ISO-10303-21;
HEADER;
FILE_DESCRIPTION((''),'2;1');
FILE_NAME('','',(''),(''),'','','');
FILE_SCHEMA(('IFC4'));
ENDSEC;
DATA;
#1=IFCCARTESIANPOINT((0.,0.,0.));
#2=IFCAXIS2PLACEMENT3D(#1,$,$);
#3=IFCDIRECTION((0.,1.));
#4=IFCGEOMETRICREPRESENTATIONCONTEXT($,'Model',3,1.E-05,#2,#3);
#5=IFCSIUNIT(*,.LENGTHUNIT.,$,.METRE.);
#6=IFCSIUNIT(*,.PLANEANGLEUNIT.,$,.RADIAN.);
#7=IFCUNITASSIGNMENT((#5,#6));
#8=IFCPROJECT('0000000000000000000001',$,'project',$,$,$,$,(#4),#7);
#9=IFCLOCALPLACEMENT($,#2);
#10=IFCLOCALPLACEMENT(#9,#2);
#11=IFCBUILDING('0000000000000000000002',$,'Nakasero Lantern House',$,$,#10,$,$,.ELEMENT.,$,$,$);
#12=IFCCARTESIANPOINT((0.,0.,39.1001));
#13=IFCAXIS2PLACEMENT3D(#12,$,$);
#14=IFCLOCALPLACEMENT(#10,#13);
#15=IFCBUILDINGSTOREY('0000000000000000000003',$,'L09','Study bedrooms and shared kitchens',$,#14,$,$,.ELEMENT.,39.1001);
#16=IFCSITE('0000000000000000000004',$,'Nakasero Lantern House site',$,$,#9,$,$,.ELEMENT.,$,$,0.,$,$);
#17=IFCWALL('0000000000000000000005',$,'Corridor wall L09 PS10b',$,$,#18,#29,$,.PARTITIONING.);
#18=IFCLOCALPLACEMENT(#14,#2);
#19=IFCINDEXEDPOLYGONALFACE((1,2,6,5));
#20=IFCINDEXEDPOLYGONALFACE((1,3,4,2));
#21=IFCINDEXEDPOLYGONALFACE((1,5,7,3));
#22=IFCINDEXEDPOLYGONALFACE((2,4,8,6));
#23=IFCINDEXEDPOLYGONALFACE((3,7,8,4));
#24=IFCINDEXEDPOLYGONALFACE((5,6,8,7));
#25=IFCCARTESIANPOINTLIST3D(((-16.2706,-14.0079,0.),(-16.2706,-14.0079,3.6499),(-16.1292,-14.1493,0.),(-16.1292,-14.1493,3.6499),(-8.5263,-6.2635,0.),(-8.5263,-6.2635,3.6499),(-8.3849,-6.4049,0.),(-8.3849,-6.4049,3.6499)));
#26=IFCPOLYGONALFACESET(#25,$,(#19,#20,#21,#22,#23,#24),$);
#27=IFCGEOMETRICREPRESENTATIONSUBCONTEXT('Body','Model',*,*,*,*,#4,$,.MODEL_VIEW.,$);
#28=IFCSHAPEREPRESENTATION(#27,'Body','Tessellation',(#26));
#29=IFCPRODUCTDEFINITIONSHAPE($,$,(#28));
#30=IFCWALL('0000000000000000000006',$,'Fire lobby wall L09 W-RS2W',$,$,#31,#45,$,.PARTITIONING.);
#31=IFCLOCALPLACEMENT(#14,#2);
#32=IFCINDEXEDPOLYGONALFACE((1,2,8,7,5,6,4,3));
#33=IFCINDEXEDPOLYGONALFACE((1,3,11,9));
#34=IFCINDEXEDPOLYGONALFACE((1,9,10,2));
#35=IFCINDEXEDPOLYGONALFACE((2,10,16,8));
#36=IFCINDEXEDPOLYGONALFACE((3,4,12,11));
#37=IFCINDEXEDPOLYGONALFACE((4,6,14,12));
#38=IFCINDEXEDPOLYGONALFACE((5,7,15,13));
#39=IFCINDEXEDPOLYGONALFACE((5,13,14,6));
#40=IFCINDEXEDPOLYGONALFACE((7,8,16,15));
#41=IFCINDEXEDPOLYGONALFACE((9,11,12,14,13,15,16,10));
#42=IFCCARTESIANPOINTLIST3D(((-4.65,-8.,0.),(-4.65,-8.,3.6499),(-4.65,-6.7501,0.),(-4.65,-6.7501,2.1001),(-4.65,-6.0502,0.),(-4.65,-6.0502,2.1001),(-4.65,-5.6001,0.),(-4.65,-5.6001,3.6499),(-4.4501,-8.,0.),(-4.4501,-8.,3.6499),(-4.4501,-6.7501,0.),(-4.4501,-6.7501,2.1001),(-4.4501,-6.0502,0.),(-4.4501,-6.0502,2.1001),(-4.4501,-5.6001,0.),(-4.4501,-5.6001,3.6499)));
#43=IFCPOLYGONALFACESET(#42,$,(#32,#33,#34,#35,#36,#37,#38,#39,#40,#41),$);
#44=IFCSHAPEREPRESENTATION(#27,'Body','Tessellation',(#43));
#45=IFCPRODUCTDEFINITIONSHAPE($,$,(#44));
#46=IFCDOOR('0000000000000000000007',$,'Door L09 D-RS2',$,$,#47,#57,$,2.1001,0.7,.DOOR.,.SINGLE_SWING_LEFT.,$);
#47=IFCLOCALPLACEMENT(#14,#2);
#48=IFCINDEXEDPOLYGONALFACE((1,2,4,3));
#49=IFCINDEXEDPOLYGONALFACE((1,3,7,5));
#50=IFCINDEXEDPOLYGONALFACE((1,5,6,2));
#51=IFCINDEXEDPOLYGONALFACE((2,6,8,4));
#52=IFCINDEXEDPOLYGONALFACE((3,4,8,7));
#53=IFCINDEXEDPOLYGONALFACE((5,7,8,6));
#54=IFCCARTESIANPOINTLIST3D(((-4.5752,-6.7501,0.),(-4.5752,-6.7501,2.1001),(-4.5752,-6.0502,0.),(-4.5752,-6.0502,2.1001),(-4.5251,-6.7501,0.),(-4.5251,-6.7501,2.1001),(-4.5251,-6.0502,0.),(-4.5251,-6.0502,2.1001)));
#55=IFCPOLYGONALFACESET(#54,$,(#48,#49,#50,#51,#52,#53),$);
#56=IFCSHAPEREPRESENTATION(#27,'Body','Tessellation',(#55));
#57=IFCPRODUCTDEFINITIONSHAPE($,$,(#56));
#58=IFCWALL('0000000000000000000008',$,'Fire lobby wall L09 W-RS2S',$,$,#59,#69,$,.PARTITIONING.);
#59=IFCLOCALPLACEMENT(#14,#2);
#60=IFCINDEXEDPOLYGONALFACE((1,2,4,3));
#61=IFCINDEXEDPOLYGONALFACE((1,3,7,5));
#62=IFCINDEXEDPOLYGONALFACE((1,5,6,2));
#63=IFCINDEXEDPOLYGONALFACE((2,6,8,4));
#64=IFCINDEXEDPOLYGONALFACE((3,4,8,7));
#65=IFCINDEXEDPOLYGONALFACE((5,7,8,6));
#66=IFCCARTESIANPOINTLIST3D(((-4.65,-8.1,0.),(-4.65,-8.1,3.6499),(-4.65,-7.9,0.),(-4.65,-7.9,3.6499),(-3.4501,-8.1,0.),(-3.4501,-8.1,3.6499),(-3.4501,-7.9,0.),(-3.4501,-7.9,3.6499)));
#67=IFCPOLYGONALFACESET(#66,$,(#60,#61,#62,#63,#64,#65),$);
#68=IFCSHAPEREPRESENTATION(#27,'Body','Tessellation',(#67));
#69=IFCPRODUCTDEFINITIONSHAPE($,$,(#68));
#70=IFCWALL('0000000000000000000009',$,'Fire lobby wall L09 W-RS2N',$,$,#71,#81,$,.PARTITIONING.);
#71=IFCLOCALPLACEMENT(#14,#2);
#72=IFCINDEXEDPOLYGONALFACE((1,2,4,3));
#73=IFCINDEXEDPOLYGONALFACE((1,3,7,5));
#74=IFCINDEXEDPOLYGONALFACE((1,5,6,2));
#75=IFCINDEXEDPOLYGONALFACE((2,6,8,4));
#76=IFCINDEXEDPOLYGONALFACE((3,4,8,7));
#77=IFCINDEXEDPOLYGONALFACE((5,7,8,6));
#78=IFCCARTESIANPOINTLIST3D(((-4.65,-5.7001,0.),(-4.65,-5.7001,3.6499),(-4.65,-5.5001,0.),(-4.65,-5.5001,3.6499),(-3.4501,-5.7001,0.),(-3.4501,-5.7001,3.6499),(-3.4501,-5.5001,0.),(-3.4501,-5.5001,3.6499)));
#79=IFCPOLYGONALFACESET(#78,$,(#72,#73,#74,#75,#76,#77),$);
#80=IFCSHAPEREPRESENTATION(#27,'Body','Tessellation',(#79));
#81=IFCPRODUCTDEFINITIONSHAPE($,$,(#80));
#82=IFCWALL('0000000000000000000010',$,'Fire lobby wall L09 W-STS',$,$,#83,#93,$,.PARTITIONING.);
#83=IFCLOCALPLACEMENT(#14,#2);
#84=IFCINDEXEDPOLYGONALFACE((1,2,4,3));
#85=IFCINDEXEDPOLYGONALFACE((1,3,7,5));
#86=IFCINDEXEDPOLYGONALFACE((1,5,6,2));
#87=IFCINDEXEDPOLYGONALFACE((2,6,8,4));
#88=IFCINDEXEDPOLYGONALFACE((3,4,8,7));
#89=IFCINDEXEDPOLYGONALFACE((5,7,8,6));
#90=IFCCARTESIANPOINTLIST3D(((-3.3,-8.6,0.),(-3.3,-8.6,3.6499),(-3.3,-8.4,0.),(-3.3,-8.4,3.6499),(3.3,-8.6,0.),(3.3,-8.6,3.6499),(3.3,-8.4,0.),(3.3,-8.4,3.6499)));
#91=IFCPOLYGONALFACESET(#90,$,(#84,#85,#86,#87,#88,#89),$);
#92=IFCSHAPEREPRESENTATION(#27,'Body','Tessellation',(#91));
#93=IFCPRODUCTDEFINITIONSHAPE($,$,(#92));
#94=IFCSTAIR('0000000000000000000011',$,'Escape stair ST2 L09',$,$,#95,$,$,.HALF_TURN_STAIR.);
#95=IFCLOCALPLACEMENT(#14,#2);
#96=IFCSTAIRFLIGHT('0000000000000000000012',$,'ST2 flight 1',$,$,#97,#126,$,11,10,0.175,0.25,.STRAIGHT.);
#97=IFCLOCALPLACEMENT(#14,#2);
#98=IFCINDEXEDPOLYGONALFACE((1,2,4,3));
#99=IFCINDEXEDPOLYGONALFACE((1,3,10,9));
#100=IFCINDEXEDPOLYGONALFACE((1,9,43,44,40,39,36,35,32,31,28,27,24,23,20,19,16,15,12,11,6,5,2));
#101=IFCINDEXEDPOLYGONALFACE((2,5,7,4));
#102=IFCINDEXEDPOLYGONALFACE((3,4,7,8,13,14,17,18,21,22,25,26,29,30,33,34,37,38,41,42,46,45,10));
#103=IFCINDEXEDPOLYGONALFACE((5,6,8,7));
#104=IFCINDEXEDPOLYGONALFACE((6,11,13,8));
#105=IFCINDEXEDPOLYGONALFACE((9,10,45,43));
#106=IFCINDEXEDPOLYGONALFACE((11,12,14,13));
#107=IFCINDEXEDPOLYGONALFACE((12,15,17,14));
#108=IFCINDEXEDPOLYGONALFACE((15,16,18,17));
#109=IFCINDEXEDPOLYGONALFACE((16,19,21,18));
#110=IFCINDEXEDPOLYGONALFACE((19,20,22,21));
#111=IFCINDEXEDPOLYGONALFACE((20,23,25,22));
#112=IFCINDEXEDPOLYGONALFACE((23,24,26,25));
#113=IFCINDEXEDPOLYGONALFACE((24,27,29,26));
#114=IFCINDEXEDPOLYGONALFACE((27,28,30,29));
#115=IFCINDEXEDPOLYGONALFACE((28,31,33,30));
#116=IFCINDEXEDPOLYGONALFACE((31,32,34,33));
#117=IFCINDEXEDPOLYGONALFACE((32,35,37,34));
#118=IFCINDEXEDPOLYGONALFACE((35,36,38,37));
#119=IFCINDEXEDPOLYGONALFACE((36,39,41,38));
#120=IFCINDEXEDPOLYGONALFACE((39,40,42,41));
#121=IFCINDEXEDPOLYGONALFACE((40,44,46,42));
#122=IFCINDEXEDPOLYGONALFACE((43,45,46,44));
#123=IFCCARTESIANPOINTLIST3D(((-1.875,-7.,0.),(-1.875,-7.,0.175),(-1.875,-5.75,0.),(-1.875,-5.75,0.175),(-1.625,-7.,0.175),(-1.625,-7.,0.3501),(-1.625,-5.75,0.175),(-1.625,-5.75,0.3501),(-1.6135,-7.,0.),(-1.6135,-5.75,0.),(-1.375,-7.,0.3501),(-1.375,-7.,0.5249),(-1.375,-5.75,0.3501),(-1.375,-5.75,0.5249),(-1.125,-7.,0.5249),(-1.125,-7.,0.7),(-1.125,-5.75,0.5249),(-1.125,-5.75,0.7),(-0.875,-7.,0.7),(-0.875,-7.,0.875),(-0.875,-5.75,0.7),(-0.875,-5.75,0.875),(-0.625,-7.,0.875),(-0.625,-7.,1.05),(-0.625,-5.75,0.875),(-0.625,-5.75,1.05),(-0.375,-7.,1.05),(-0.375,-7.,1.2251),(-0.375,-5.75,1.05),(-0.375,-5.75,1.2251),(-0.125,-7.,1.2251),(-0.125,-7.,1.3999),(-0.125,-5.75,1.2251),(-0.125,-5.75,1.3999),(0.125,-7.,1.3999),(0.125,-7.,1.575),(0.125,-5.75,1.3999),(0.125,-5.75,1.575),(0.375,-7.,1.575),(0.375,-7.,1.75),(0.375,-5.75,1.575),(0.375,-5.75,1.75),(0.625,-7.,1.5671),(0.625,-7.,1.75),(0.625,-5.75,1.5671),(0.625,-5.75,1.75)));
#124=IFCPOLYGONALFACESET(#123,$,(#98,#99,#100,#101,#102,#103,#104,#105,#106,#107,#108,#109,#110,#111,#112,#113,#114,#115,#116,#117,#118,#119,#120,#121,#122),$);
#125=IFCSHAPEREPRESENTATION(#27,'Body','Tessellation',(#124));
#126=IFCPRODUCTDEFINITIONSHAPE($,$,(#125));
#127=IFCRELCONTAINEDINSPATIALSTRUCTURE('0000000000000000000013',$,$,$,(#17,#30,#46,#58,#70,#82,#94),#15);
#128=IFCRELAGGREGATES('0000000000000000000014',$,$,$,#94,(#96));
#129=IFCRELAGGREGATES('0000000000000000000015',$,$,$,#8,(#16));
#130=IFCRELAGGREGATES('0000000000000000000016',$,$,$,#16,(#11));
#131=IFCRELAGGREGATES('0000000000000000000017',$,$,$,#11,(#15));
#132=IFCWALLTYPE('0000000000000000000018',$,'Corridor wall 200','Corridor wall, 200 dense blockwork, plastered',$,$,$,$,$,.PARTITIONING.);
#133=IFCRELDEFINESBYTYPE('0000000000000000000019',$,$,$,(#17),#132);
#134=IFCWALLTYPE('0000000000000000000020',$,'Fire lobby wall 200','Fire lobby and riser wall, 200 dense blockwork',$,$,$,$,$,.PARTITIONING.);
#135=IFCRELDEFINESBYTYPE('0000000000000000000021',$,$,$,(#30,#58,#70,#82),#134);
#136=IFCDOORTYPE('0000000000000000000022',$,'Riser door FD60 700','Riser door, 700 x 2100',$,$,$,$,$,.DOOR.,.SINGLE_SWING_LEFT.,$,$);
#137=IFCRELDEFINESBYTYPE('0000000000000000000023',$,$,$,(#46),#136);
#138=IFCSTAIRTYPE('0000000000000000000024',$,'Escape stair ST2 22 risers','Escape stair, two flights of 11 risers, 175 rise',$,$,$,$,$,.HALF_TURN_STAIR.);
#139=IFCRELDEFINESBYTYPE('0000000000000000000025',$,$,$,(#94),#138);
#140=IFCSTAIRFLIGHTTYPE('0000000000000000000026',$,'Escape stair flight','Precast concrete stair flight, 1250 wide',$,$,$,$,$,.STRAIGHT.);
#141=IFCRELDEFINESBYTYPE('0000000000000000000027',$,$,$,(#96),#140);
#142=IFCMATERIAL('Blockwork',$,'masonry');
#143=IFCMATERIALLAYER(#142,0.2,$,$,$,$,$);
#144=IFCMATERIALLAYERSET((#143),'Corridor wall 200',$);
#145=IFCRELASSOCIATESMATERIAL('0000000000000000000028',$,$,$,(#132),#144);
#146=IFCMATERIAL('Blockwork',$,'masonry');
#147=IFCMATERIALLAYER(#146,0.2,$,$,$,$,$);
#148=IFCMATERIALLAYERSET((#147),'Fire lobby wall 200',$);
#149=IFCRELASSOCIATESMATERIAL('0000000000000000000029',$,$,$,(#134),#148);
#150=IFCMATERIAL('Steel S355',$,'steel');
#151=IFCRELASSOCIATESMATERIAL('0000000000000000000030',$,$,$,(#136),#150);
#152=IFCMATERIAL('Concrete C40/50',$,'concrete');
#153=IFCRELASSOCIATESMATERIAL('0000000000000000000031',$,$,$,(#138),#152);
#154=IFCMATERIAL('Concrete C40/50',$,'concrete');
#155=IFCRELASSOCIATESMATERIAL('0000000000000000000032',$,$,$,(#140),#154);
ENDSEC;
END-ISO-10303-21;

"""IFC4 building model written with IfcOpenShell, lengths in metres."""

from ifc_helpers import new_model, si_unit, direction, frame, frame_2d, origin, place, context, subcontext, project, spatial, polyline, rectangle, outline, extrude, material, layer, layer_set, type_object, element, fill, aggregate, save


model = new_model("IFC4")

# Units and contexts
model_context = context("Model", 3, precision=1e-05, world=origin(), true_north=direction((0.0, 1.0)))
body_context = subcontext(model_context, "Body", "Model", "MODEL_VIEW")
ifc_project = project(units=[si_unit("LENGTHUNIT", "METRE"), si_unit("PLANEANGLEUNIT", "RADIAN")], contexts=[model_context])

# Site, building, storey
site_placement = place(None, origin())
site = spatial("IfcSite", under=ifc_project, at=site_placement, Name="Nakasero Lantern House site", CompositionType="ELEMENT", RefElevation=0.0)
building_placement = place(site_placement, origin())
building = spatial("IfcBuilding", under=site, at=building_placement, Name="Nakasero Lantern House", CompositionType="ELEMENT")
storey_placement = place(building_placement, frame((0.0, 0.0, 39.1001)))
storey = spatial("IfcBuildingStorey", under=building, at=storey_placement, Name="L09", Description="Study bedrooms and shared kitchens", CompositionType="ELEMENT", Elevation=39.1001)

# Wall
ifc_material_1 = material(Name="Blockwork", Category="masonry")
ifc_layer_1 = layer(ifc_material_1, 0.2)
ifc_layer_set_1 = layer_set([ifc_layer_1], Name="Corridor wall 200")
wall_type_1 = type_object("IfcWallType", Name="Corridor wall 200", Description="Corridor wall, 200 dense blockwork, plastered", PredefinedType="PARTITIONING", material=ifc_layer_set_1)
for number, where, z_axis, x_axis, name in (
    (1, (-8.4556, -6.3342, 0.0), (0.0, 0.0, 1.0), (-0.707107, -0.707107, 0.0), "Corridor wall L09 PS10b"),
):
    element("IfcWall", number, at=place(storey_placement, frame(where, z_axis=z_axis, x_axis=x_axis)), inside=storey, type_object=wall_type_1, Name=name, PredefinedType="PARTITIONING", context=body_context, shape_type="SweptSolid", body=[
        extrude(rectangle(XDim=10.9521, YDim=0.2, at=frame_2d((5.4761, 0.0))), origin(), (0.0, 0.0, 1.0), 3.6499),
    ])

# Wall, opening, door
ifc_material_2 = material(Name="Blockwork", Category="masonry")
ifc_layer_2 = layer(ifc_material_2, 0.2)
ifc_layer_set_2 = layer_set([ifc_layer_2], Name="Fire lobby wall 200")
wall_type_2 = type_object("IfcWallType", Name="Fire lobby wall 200", Description="Fire lobby and riser wall, 200 dense blockwork", PredefinedType="PARTITIONING", material=ifc_layer_set_2)
wall_1_placement = place(storey_placement, frame((-4.55, -5.6001, 0.0), z_axis=(0.0, 0.0, 1.0), x_axis=(0.0, -1.0, 0.0)))
wall_1 = element("IfcWall", 2, at=wall_1_placement, inside=storey, type_object=wall_type_2, Name="Fire lobby wall L09 W-RS2W", PredefinedType="PARTITIONING", context=body_context, shape_type="SweptSolid", body=[
    extrude(rectangle(XDim=2.3999, YDim=0.2, at=frame_2d((1.2, 0.0))), origin(), (0.0, 0.0, 1.0), 3.6499),
])
opening_1_placement = place(wall_1_placement, frame((0.45, 0.0, 0.0)))
opening_1 = element("IfcOpeningElement", 3, at=opening_1_placement, cuts=wall_1, PredefinedType="OPENING", context=body_context, shape_type="SweptSolid", body=[
    extrude(rectangle(XDim=0.7, YDim=2.1001, at=frame_2d((0.3501, 1.05))), frame((0.0, 0.1199, 0.0), z_axis=(0.0, -1.0, 0.0), x_axis=(1.0, 0.0, 0.0)), (0.0, 0.0, 1.0), 0.24),
])
ifc_material_3 = material(Name="Steel S355", Category="steel")
door_type_1 = type_object("IfcDoorType", Name="Riser door FD60 700", Description="Riser door, 700 x 2100", OperationType="SINGLE_SWING_LEFT", PredefinedType="DOOR", material=ifc_material_3)
door_1_placement = place(opening_1_placement, origin())
door_1 = element("IfcDoor", 4, at=door_1_placement, inside=storey, type_object=door_type_1, Name="Door L09 D-RS2", OperationType="SINGLE_SWING_LEFT", OverallHeight=2.1001, OverallWidth=0.7, PredefinedType="DOOR", context=body_context, shape_type="SweptSolid", body=[
    extrude(rectangle(XDim=0.7, YDim=2.1001, at=frame_2d((0.3501, 1.05))), frame((0.0, 0.0249, 0.0), z_axis=(0.0, -1.0, 0.0), x_axis=(1.0, 0.0, 0.0)), (0.0, 0.0, 1.0), 0.05),
])
fill(opening_1, door_1)

# Walls
for number, where, z_axis, x_axis, name in (
    (5, (-3.45, -8.0, 0.0), (0.0, 0.0, 1.0), (-1.0, 0.0, 0.0), "Fire lobby wall L09 W-RS2S"),
    (6, (-3.45, -5.6001, 0.0), (0.0, 0.0, 1.0), (-1.0, 0.0, 0.0), "Fire lobby wall L09 W-RS2N"),
):
    element("IfcWall", number, at=place(storey_placement, frame(where, z_axis=z_axis, x_axis=x_axis)), inside=storey, type_object=wall_type_2, Name=name, PredefinedType="PARTITIONING", context=body_context, shape_type="SweptSolid", body=[
        extrude(rectangle(XDim=1.2, YDim=0.2, at=frame_2d((0.6001, 0.0))), origin(), (0.0, 0.0, 1.0), 3.6499),
    ])
wall_2_placement = place(storey_placement, frame((-3.3, -8.5, 0.0), z_axis=(0.0, 0.0, 1.0), x_axis=(1.0, 0.0, 0.0)))
element("IfcWall", 7, at=wall_2_placement, inside=storey, type_object=wall_type_2, Name="Fire lobby wall L09 W-STS", PredefinedType="PARTITIONING", context=body_context, shape_type="SweptSolid", body=[
    extrude(rectangle(XDim=6.6001, YDim=0.2, at=frame_2d((3.3, 0.0))), origin(), (0.0, 0.0, 1.0), 3.6499),
])

# Stair, stair flight
ifc_material_4 = material(Name="Concrete C40/50", Category="concrete")
stair_type = type_object("IfcStairType", Name="Escape stair ST2 22 risers", Description="Escape stair, two flights of 11 risers, 175 rise", PredefinedType="HALF_TURN_STAIR", material=ifc_material_4)
stair_placement = place(storey_placement, origin())
stair = element("IfcStair", 8, at=stair_placement, inside=storey, type_object=stair_type, Name="Escape stair ST2 L09", PredefinedType="HALF_TURN_STAIR")
ifc_material_5 = material(Name="Concrete C40/50", Category="concrete")
stair_flight_type = type_object("IfcStairFlightType", Name="Escape stair flight", Description="Precast concrete stair flight, 1250 wide", PredefinedType="STRAIGHT", material=ifc_material_5)
stair_flight_placement = place(storey_placement, frame((-1.875, -6.375, 0.0), z_axis=(0.0, 0.0, 1.0), x_axis=(1.0, 0.0, 0.0)))
stair_flight = element("IfcStairFlight", 9, at=stair_flight_placement, type_object=stair_flight_type, Name="ST2 flight 1", NumberOfRisers=11, NumberOfTreads=10, PredefinedType="STRAIGHT", RiserHeight=0.175, TreadLength=0.25, context=body_context, shape_type="SweptSolid", body=[
    extrude(outline(polyline([(0.0, 0.0), (0.0, 0.175), (0.25, 0.175), (0.25, 0.3501), (0.5, 0.3501), (0.5, 0.5249), (0.75, 0.5249), (0.75, 0.7), (1.0, 0.7), (1.0, 0.875), (1.25, 0.875), (1.25, 1.05), (1.5, 1.05), (1.5, 1.2251), (1.75, 1.2251), (1.75, 1.3999), (2.0, 1.3999), (2.0, 1.575), (2.25, 1.575), (2.25, 1.75), (2.5, 1.75), (2.5, 1.925), (2.5, 1.5671), (0.2615, 0.0), (0.0, 0.0)])), frame((0.0, 0.625, 0.0), z_axis=(0.0, -1.0, 0.0), x_axis=(1.0, 0.0, 0.0)), (0.0, 0.0, 1.0), 1.25),
])
aggregate(stair, [stair_flight])

save(model, "model.ifc")
